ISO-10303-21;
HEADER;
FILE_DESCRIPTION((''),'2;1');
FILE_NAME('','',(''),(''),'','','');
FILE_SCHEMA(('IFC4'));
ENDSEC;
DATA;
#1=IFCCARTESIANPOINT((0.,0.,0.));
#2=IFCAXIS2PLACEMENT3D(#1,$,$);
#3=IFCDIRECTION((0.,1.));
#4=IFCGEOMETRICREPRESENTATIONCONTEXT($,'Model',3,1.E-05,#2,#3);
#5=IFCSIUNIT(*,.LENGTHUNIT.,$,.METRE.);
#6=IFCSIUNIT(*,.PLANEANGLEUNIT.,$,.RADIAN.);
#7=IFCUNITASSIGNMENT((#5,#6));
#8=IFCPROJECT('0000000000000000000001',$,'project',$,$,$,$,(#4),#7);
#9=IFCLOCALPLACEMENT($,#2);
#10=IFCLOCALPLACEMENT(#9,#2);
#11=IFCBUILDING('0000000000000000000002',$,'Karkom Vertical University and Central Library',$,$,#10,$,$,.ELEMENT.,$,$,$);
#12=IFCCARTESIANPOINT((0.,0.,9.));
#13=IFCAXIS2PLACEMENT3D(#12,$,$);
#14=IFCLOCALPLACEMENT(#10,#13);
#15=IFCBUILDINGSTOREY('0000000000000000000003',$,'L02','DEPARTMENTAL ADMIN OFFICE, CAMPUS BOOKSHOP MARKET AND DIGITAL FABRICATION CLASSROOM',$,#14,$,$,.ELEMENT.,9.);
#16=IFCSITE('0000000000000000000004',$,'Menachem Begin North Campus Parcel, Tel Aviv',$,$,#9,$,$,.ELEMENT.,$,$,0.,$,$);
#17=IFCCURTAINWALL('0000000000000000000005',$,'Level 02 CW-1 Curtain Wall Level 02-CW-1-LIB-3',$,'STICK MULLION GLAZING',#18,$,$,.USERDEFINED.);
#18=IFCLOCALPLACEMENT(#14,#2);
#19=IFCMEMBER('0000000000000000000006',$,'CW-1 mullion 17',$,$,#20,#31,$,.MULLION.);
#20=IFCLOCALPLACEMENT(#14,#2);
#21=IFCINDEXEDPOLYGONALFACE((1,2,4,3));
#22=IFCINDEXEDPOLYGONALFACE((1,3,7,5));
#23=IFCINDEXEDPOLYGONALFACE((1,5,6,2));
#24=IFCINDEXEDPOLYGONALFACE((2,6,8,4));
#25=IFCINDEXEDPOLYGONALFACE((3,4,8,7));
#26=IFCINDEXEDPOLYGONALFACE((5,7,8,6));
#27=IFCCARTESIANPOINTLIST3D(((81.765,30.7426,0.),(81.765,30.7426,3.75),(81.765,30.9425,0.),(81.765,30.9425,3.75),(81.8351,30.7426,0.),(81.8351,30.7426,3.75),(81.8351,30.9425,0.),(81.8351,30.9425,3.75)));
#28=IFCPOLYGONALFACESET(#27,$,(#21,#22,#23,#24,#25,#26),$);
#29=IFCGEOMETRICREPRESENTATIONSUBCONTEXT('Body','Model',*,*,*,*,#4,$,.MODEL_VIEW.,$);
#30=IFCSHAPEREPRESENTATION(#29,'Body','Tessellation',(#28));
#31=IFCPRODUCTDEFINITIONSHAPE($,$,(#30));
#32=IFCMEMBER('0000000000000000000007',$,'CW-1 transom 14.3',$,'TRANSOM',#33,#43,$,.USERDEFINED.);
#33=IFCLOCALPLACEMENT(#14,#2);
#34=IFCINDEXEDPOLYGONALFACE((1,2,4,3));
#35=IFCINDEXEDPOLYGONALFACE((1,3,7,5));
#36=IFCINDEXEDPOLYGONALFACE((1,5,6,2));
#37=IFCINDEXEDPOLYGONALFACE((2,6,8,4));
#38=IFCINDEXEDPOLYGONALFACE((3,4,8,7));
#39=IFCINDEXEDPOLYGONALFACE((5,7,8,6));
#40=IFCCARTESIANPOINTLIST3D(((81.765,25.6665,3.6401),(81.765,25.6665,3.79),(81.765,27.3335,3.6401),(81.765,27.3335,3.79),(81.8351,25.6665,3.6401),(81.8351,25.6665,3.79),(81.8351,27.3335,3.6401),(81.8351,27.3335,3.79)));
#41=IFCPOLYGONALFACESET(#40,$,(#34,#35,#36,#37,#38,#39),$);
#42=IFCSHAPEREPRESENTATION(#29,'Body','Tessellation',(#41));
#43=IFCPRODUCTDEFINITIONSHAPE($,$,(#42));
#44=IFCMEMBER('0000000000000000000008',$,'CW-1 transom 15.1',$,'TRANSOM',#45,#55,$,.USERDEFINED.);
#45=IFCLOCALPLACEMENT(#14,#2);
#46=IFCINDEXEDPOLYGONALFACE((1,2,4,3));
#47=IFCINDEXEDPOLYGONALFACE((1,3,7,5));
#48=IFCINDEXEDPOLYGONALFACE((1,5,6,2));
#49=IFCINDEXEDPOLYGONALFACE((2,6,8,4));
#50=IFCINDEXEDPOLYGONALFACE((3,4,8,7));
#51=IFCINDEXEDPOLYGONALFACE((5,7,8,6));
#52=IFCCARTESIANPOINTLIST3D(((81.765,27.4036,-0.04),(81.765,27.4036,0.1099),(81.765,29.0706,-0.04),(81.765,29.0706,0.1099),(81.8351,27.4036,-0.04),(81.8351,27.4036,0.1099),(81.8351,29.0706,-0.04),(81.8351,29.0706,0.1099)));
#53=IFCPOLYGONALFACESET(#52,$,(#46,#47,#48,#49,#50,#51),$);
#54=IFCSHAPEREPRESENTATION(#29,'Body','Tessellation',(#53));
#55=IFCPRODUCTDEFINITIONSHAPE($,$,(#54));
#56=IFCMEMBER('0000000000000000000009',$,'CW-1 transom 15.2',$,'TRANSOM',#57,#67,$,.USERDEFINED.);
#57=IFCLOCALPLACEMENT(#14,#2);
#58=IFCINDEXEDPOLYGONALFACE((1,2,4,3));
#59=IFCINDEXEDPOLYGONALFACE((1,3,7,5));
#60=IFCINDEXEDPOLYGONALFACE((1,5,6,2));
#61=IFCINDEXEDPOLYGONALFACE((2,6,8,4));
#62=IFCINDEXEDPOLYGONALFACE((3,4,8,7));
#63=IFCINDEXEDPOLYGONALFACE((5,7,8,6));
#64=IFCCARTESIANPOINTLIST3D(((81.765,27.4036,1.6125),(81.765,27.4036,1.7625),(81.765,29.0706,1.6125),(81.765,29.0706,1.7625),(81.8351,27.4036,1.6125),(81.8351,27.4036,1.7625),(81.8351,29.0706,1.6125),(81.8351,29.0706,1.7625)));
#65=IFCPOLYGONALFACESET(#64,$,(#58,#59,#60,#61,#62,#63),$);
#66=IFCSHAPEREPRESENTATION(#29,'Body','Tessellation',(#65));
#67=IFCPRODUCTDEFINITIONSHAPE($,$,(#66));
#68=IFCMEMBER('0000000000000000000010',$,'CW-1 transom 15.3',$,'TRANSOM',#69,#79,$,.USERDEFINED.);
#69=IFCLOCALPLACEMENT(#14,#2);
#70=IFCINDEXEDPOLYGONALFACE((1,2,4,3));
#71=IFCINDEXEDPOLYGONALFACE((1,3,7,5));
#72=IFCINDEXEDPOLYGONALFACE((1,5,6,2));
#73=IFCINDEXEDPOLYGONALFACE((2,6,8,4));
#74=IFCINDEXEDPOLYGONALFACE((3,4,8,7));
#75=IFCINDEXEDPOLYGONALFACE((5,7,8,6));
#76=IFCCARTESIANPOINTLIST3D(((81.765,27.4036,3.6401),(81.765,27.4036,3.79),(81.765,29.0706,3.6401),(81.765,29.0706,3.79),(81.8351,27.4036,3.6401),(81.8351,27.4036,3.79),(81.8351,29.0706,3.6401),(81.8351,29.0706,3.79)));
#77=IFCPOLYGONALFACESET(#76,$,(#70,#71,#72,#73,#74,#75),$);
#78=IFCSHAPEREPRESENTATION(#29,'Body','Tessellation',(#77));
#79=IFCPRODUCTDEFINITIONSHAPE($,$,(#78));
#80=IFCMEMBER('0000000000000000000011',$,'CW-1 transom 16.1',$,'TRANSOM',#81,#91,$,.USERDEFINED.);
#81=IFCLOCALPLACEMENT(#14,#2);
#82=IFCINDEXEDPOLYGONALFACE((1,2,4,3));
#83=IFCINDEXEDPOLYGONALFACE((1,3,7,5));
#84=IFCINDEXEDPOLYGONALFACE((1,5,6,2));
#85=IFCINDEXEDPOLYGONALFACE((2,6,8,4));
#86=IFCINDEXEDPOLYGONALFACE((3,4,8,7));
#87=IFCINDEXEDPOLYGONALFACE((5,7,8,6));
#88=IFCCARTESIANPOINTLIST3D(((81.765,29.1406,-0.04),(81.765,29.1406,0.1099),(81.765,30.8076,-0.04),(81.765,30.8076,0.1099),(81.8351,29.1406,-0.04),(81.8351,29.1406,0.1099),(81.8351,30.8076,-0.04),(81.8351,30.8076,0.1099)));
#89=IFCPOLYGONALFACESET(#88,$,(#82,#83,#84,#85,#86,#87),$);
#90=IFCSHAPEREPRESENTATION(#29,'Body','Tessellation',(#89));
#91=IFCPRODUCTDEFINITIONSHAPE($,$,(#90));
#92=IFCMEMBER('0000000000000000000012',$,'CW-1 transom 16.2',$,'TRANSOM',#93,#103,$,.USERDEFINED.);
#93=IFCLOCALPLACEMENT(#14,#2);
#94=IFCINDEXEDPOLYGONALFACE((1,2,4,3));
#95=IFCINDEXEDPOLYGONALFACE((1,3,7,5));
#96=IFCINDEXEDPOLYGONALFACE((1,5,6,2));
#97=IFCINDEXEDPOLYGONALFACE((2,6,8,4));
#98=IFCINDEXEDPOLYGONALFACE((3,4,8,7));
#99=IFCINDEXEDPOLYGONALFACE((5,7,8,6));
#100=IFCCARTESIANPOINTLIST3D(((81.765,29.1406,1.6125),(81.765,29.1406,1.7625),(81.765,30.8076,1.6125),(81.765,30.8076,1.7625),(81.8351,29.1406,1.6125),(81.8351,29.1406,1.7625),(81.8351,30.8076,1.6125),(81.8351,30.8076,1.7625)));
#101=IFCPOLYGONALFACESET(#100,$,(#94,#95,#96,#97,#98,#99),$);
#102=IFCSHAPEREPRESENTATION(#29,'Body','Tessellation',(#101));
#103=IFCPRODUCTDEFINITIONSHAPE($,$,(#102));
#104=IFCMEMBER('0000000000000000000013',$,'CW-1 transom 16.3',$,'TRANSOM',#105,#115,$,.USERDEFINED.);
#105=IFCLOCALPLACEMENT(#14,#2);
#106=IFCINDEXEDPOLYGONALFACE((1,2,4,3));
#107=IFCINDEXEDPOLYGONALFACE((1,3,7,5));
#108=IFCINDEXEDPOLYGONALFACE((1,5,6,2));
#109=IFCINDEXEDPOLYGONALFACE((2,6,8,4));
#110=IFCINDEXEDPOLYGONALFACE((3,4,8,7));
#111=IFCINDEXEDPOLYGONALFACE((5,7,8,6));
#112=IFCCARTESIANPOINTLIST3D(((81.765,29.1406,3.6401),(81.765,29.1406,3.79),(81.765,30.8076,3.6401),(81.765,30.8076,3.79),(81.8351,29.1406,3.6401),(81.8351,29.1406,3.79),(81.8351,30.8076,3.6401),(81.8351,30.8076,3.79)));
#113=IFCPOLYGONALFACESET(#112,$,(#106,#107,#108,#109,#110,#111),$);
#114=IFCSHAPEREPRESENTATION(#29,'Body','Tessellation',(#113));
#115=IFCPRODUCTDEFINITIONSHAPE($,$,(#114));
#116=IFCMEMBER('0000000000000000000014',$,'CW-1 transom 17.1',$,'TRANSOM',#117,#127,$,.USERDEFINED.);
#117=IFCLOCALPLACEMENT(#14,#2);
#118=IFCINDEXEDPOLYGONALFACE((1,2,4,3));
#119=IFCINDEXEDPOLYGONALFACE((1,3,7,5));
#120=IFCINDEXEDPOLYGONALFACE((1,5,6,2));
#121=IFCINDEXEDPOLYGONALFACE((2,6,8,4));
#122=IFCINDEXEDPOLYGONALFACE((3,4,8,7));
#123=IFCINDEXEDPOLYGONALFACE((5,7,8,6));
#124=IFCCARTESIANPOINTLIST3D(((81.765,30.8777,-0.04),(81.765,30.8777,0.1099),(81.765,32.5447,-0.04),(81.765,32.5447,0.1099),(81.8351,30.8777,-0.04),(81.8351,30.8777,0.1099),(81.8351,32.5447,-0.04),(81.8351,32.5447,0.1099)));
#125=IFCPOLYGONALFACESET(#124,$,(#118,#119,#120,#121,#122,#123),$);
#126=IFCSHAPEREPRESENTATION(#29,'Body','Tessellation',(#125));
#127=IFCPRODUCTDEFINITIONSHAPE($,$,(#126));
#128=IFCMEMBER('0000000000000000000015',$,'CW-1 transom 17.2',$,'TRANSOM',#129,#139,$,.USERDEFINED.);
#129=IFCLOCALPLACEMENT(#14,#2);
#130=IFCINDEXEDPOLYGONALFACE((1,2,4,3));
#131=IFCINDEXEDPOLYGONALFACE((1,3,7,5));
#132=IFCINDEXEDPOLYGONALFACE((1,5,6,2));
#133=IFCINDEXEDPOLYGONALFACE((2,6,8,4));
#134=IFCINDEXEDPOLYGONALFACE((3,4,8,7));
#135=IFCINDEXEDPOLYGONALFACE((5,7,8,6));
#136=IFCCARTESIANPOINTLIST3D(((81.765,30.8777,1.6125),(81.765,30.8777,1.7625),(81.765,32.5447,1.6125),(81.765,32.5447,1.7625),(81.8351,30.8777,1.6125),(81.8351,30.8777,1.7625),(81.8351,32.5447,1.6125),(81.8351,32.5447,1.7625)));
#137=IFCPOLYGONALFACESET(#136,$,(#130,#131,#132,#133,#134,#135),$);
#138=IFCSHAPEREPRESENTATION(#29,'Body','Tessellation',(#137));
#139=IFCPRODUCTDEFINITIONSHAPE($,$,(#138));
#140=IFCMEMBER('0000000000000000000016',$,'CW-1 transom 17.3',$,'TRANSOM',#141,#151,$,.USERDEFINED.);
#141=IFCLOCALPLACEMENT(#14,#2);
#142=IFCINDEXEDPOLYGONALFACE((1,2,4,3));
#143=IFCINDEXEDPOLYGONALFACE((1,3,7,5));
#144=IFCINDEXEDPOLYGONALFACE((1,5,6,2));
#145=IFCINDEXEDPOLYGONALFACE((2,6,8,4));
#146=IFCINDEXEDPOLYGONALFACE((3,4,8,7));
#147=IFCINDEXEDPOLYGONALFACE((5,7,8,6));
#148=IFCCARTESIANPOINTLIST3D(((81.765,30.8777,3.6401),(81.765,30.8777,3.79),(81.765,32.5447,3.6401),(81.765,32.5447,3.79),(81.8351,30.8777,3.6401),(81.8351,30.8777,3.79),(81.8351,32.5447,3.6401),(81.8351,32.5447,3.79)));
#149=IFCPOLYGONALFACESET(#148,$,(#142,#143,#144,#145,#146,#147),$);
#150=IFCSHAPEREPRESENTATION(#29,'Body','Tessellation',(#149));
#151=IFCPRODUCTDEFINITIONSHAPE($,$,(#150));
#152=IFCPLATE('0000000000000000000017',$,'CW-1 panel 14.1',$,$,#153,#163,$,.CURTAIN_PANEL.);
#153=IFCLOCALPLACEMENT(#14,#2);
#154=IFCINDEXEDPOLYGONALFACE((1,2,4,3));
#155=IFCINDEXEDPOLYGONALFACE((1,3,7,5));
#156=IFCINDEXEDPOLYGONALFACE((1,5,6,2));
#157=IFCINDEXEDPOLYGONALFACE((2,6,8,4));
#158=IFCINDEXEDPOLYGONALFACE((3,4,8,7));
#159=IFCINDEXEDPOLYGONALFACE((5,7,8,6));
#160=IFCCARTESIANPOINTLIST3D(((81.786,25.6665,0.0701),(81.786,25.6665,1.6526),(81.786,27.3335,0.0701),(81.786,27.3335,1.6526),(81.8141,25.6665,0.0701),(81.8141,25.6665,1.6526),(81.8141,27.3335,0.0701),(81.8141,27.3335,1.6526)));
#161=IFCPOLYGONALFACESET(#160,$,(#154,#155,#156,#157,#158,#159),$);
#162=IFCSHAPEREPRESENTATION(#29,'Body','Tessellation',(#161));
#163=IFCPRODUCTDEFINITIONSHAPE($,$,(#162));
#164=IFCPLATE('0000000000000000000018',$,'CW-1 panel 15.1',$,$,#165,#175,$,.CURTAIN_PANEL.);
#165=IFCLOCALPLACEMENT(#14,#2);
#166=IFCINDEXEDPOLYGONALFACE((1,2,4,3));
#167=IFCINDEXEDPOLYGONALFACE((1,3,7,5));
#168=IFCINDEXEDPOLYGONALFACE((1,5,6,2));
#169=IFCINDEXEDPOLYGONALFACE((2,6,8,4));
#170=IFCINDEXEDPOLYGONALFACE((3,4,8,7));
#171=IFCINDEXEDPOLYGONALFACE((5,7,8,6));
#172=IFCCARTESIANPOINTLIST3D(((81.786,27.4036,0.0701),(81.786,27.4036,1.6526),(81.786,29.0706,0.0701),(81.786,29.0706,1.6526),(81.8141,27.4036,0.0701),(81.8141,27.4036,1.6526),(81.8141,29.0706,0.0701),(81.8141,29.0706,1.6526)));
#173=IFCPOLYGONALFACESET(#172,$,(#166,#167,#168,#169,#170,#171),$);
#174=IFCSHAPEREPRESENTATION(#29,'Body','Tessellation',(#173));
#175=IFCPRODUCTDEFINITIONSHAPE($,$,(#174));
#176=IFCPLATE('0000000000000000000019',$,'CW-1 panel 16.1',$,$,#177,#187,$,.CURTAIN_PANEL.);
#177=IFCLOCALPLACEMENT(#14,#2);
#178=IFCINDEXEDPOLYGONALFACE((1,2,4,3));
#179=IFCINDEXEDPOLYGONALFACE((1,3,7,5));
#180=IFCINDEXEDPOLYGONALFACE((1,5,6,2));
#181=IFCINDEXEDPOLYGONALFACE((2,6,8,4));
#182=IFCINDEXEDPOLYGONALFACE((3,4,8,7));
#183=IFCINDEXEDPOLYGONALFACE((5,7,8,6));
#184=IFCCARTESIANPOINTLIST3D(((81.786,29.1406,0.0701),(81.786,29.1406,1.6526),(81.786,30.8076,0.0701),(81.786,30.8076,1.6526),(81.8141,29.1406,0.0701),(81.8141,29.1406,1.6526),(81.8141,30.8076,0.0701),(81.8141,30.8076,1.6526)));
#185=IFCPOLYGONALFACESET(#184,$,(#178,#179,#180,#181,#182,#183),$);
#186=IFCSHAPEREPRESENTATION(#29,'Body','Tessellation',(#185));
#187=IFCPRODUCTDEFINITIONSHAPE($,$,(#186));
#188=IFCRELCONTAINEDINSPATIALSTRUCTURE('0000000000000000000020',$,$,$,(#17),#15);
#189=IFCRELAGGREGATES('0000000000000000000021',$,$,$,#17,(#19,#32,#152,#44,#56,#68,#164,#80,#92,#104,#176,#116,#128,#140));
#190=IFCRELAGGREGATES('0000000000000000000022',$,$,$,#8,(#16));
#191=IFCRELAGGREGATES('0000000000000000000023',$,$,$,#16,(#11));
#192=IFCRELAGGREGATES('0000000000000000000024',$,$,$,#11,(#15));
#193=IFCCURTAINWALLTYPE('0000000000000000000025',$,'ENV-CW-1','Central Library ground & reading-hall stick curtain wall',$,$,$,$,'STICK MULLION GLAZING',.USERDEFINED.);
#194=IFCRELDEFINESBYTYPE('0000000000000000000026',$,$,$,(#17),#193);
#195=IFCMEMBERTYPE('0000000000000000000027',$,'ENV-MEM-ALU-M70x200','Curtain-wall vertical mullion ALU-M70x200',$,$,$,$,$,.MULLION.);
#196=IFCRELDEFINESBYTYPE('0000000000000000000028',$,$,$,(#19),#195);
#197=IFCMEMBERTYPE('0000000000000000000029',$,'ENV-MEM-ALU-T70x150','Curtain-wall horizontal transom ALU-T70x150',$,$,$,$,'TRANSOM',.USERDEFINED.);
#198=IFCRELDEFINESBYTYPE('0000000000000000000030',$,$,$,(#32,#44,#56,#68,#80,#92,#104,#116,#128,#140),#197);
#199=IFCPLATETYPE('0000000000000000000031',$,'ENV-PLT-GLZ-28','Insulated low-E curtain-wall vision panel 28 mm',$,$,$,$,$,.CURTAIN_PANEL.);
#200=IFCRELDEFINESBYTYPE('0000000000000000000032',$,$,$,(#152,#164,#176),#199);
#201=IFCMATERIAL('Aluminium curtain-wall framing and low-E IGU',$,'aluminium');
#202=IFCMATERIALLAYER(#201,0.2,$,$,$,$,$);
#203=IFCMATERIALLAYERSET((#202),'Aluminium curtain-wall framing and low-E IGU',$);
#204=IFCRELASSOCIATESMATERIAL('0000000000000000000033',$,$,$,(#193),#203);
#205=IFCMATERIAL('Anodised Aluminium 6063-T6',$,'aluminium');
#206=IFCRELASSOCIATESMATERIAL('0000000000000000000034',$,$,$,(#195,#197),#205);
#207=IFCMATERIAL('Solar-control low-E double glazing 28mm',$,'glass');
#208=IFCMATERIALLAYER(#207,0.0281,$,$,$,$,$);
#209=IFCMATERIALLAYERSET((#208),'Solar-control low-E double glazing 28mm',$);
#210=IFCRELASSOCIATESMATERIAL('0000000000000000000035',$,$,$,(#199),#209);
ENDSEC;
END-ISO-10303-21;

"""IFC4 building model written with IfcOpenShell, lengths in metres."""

from ifc_helpers import new_model, si_unit, direction, frame, origin, origin_with_axes, origin_2d, place, context, subcontext, project, spatial, rectangle, extrude, source, transform, mapped, material, layer, layer_set, material_profile, profile_set, type_object, element, aggregate, save


model = new_model("IFC4")

# Units and contexts
model_context = context("Model", 3, precision=1e-05, world=origin(), true_north=direction((0.0, 1.0)))
body_context = subcontext(model_context, "Body", "Model", "MODEL_VIEW")
ifc_project = project(units=[si_unit("LENGTHUNIT", "METRE"), si_unit("PLANEANGLEUNIT", "RADIAN")], contexts=[model_context])

# Site, building, storey
site_placement = place(None, origin())
site = spatial("IfcSite", under=ifc_project, at=site_placement, Name="Menachem Begin North Campus Parcel, Tel Aviv", CompositionType="ELEMENT", RefElevation=0.0)
building_placement = place(site_placement, origin())
building = spatial("IfcBuilding", under=site, at=building_placement, Name="Karkom Vertical University and Central Library", CompositionType="ELEMENT")
storey_placement = place(building_placement, frame((0.0, 0.0, 9.0)))
storey = spatial("IfcBuildingStorey", under=building, at=storey_placement, Name="L02", Description="DEPARTMENTAL ADMIN OFFICE, CAMPUS BOOKSHOP MARKET AND DIGITAL FABRICATION CLASSROOM", CompositionType="ELEMENT", Elevation=9.0)

# Curtain wall, members, plates
ifc_material_1 = material(Name="Aluminium curtain-wall framing and low-E IGU", Category="aluminium")
ifc_layer_1 = layer(ifc_material_1, 0.2)
ifc_layer_set_1 = layer_set([ifc_layer_1], Name="Aluminium curtain-wall framing and low-E IGU")
curtain_wall_type = type_object("IfcCurtainWallType", Name="ENV-CW-1", Description="Central Library ground & reading-hall stick curtain wall", ElementType="STICK MULLION GLAZING", PredefinedType="USERDEFINED", material=ifc_layer_set_1)
curtain_wall_placement = place(storey_placement, origin())
curtain_wall = element("IfcCurtainWall", 1, at=curtain_wall_placement, inside=storey, type_object=curtain_wall_type, Name="Level 02 CW-1 Curtain Wall Level 02-CW-1-LIB-3", ObjectType="STICK MULLION GLAZING", PredefinedType="USERDEFINED")
ifc_material_2 = material(Name="Anodised Aluminium 6063-T6", Category="aluminium")
ifc_material_profile_1 = material_profile(ifc_material_2, rectangle(XDim=0.0701, YDim=0.2, at=origin_2d()), Name="ALU-M70x200")
ifc_profile_set_1 = profile_set([ifc_material_profile_1], Name="Anodised Aluminium 6063-T6")
member_type_1 = type_object("IfcMemberType", Name="ENV-MEM-ALU-M70x200", Description="Curtain-wall vertical mullion ALU-M70x200", PredefinedType="MULLION", material=ifc_profile_set_1)
shared_shape_1 = source(origin_with_axes(), body_context, "Body", "SweptSolid", [
    extrude(rectangle(XDim=0.0701, YDim=0.2, at=origin_2d()), origin(), (0.0, 0.0, 1.0), 3.75),
])
member_1_placement = place(storey_placement, frame((81.8, 30.8425, 0.0), z_axis=(0.0, 0.0, 1.0), x_axis=(-1.0, 0.0, 0.0)))
member_1 = element("IfcMember", 2, at=member_1_placement, type_object=member_type_1, Name="CW-1 mullion 17", PredefinedType="MULLION", context=body_context, shape_type="MappedRepresentation", body=[
    mapped(shared_shape_1, transform((0.0, 0.0, 0.0), scale=1.0)),
])
ifc_material_profile_2 = material_profile(ifc_material_2, rectangle(XDim=0.0701, YDim=0.1499, at=origin_2d()), Name="ALU-T70x150")
ifc_profile_set_2 = profile_set([ifc_material_profile_2], Name="Anodised Aluminium 6063-T6")
member_type_2 = type_object("IfcMemberType", Name="ENV-MEM-ALU-T70x150", Description="Curtain-wall horizontal transom ALU-T70x150", ElementType="TRANSOM", PredefinedType="USERDEFINED", material=ifc_profile_set_2)
shared_shape_2 = source(origin_with_axes(), body_context, "Body", "SweptSolid", [
    extrude(rectangle(XDim=0.0701, YDim=0.1499, at=origin_2d()), origin(), (0.0, 0.0, 1.0), 1.667),
])
member_2_placement = place(storey_placement, frame((81.8, 25.6665, 3.7151), z_axis=(0.0, 1.0, 0.0), x_axis=(-1.0, 0.0, 0.0)))
member_2 = element("IfcMember", 3, at=member_2_placement, type_object=member_type_2, Name="CW-1 transom 14.3", ObjectType="TRANSOM", PredefinedType="USERDEFINED", context=body_context, shape_type="MappedRepresentation", body=[
    mapped(shared_shape_2, transform((0.0, 0.0, 0.0), scale=1.0)),
])
member_3_placement = place(storey_placement, frame((81.8, 27.4036, 0.0349), z_axis=(0.0, 1.0, 0.0), x_axis=(-1.0, 0.0, 0.0)))
member_3 = element("IfcMember", 4, at=member_3_placement, type_object=member_type_2, Name="CW-1 transom 15.1", ObjectType="TRANSOM", PredefinedType="USERDEFINED", context=body_context, shape_type="MappedRepresentation", body=[
    mapped(shared_shape_2, transform((0.0, 0.0, 0.0), scale=1.0)),
])
member_4_placement = place(storey_placement, frame((81.8, 27.4036, 1.6875), z_axis=(0.0, 1.0, 0.0), x_axis=(-1.0, 0.0, 0.0)))
member_4 = element("IfcMember", 5, at=member_4_placement, type_object=member_type_2, Name="CW-1 transom 15.2", ObjectType="TRANSOM", PredefinedType="USERDEFINED", context=body_context, shape_type="MappedRepresentation", body=[
    mapped(shared_shape_2, transform((0.0, 0.0, 0.0), scale=1.0)),
])
member_5_placement = place(storey_placement, frame((81.8, 27.4036, 3.7151), z_axis=(0.0, 1.0, 0.0), x_axis=(-1.0, 0.0, 0.0)))
member_5 = element("IfcMember", 6, at=member_5_placement, type_object=member_type_2, Name="CW-1 transom 15.3", ObjectType="TRANSOM", PredefinedType="USERDEFINED", context=body_context, shape_type="MappedRepresentation", body=[
    mapped(shared_shape_2, transform((0.0, 0.0, 0.0), scale=1.0)),
])
member_6_placement = place(storey_placement, frame((81.8, 29.1406, 0.0349), z_axis=(0.0, 1.0, 0.0), x_axis=(-1.0, 0.0, 0.0)))
member_6 = element("IfcMember", 7, at=member_6_placement, type_object=member_type_2, Name="CW-1 transom 16.1", ObjectType="TRANSOM", PredefinedType="USERDEFINED", context=body_context, shape_type="MappedRepresentation", body=[
    mapped(shared_shape_2, transform((0.0, 0.0, 0.0), scale=1.0)),
])
member_7_placement = place(storey_placement, frame((81.8, 29.1406, 1.6875), z_axis=(0.0, 1.0, 0.0), x_axis=(-1.0, 0.0, 0.0)))
member_7 = element("IfcMember", 8, at=member_7_placement, type_object=member_type_2, Name="CW-1 transom 16.2", ObjectType="TRANSOM", PredefinedType="USERDEFINED", context=body_context, shape_type="MappedRepresentation", body=[
    mapped(shared_shape_2, transform((0.0, 0.0, 0.0), scale=1.0)),
])
member_8_placement = place(storey_placement, frame((81.8, 29.1406, 3.7151), z_axis=(0.0, 1.0, 0.0), x_axis=(-1.0, 0.0, 0.0)))
member_8 = element("IfcMember", 9, at=member_8_placement, type_object=member_type_2, Name="CW-1 transom 16.3", ObjectType="TRANSOM", PredefinedType="USERDEFINED", context=body_context, shape_type="MappedRepresentation", body=[
    mapped(shared_shape_2, transform((0.0, 0.0, 0.0), scale=1.0)),
])
member_9_placement = place(storey_placement, frame((81.8, 30.8777, 0.0349), z_axis=(0.0, 1.0, 0.0), x_axis=(-1.0, 0.0, 0.0)))
member_9 = element("IfcMember", 10, at=member_9_placement, type_object=member_type_2, Name="CW-1 transom 17.1", ObjectType="TRANSOM", PredefinedType="USERDEFINED", context=body_context, shape_type="MappedRepresentation", body=[
    mapped(shared_shape_2, transform((0.0, 0.0, 0.0), scale=1.0)),
])
member_10_placement = place(storey_placement, frame((81.8, 30.8777, 1.6875), z_axis=(0.0, 1.0, 0.0), x_axis=(-1.0, 0.0, 0.0)))
member_10 = element("IfcMember", 11, at=member_10_placement, type_object=member_type_2, Name="CW-1 transom 17.2", ObjectType="TRANSOM", PredefinedType="USERDEFINED", context=body_context, shape_type="MappedRepresentation", body=[
    mapped(shared_shape_2, transform((0.0, 0.0, 0.0), scale=1.0)),
])
member_11_placement = place(storey_placement, frame((81.8, 30.8777, 3.7151), z_axis=(0.0, 1.0, 0.0), x_axis=(-1.0, 0.0, 0.0)))
member_11 = element("IfcMember", 12, at=member_11_placement, type_object=member_type_2, Name="CW-1 transom 17.3", ObjectType="TRANSOM", PredefinedType="USERDEFINED", context=body_context, shape_type="MappedRepresentation", body=[
    mapped(shared_shape_2, transform((0.0, 0.0, 0.0), scale=1.0)),
])
ifc_material_3 = material(Name="Solar-control low-E double glazing 28mm", Category="glass")
ifc_layer_2 = layer(ifc_material_3, 0.0281)
ifc_layer_set_2 = layer_set([ifc_layer_2], Name="Solar-control low-E double glazing 28mm")
plate_type = type_object("IfcPlateType", Name="ENV-PLT-GLZ-28", Description="Insulated low-E curtain-wall vision panel 28 mm", PredefinedType="CURTAIN_PANEL", material=ifc_layer_set_2)
shared_shape_3 = source(origin_with_axes(), body_context, "Body", "SweptSolid", [
    extrude(rectangle(XDim=1.667, YDim=0.0281, at=origin_2d()), origin(), (0.0, 0.0, 1.0), 1.5825),
])
plate_1_placement = place(storey_placement, frame((81.8, 26.5, 0.0701), z_axis=(0.0, 0.0, 1.0), x_axis=(0.0, 1.0, 0.0)))
plate_1 = element("IfcPlate", 13, at=plate_1_placement, type_object=plate_type, Name="CW-1 panel 14.1", PredefinedType="CURTAIN_PANEL", context=body_context, shape_type="MappedRepresentation", body=[
    mapped(shared_shape_3, transform((0.0, 0.0, 0.0), scale=1.0)),
])
plate_2_placement = place(storey_placement, frame((81.8, 28.2371, 0.0701), z_axis=(0.0, 0.0, 1.0), x_axis=(0.0, 1.0, 0.0)))
plate_2 = element("IfcPlate", 14, at=plate_2_placement, type_object=plate_type, Name="CW-1 panel 15.1", PredefinedType="CURTAIN_PANEL", context=body_context, shape_type="MappedRepresentation", body=[
    mapped(shared_shape_3, transform((0.0, 0.0, 0.0), scale=1.0)),
])
plate_3_placement = place(storey_placement, frame((81.8, 29.9741, 0.0701), z_axis=(0.0, 0.0, 1.0), x_axis=(0.0, 1.0, 0.0)))
plate_3 = element("IfcPlate", 15, at=plate_3_placement, type_object=plate_type, Name="CW-1 panel 16.1", PredefinedType="CURTAIN_PANEL", context=body_context, shape_type="MappedRepresentation", body=[
    mapped(shared_shape_3, transform((0.0, 0.0, 0.0), scale=1.0)),
])
aggregate(curtain_wall, [member_1, member_2, plate_1, member_3, member_4, member_5, plate_2, member_6, member_7, member_8, plate_3, member_9, member_10, member_11])

save(model, "model.ifc")
